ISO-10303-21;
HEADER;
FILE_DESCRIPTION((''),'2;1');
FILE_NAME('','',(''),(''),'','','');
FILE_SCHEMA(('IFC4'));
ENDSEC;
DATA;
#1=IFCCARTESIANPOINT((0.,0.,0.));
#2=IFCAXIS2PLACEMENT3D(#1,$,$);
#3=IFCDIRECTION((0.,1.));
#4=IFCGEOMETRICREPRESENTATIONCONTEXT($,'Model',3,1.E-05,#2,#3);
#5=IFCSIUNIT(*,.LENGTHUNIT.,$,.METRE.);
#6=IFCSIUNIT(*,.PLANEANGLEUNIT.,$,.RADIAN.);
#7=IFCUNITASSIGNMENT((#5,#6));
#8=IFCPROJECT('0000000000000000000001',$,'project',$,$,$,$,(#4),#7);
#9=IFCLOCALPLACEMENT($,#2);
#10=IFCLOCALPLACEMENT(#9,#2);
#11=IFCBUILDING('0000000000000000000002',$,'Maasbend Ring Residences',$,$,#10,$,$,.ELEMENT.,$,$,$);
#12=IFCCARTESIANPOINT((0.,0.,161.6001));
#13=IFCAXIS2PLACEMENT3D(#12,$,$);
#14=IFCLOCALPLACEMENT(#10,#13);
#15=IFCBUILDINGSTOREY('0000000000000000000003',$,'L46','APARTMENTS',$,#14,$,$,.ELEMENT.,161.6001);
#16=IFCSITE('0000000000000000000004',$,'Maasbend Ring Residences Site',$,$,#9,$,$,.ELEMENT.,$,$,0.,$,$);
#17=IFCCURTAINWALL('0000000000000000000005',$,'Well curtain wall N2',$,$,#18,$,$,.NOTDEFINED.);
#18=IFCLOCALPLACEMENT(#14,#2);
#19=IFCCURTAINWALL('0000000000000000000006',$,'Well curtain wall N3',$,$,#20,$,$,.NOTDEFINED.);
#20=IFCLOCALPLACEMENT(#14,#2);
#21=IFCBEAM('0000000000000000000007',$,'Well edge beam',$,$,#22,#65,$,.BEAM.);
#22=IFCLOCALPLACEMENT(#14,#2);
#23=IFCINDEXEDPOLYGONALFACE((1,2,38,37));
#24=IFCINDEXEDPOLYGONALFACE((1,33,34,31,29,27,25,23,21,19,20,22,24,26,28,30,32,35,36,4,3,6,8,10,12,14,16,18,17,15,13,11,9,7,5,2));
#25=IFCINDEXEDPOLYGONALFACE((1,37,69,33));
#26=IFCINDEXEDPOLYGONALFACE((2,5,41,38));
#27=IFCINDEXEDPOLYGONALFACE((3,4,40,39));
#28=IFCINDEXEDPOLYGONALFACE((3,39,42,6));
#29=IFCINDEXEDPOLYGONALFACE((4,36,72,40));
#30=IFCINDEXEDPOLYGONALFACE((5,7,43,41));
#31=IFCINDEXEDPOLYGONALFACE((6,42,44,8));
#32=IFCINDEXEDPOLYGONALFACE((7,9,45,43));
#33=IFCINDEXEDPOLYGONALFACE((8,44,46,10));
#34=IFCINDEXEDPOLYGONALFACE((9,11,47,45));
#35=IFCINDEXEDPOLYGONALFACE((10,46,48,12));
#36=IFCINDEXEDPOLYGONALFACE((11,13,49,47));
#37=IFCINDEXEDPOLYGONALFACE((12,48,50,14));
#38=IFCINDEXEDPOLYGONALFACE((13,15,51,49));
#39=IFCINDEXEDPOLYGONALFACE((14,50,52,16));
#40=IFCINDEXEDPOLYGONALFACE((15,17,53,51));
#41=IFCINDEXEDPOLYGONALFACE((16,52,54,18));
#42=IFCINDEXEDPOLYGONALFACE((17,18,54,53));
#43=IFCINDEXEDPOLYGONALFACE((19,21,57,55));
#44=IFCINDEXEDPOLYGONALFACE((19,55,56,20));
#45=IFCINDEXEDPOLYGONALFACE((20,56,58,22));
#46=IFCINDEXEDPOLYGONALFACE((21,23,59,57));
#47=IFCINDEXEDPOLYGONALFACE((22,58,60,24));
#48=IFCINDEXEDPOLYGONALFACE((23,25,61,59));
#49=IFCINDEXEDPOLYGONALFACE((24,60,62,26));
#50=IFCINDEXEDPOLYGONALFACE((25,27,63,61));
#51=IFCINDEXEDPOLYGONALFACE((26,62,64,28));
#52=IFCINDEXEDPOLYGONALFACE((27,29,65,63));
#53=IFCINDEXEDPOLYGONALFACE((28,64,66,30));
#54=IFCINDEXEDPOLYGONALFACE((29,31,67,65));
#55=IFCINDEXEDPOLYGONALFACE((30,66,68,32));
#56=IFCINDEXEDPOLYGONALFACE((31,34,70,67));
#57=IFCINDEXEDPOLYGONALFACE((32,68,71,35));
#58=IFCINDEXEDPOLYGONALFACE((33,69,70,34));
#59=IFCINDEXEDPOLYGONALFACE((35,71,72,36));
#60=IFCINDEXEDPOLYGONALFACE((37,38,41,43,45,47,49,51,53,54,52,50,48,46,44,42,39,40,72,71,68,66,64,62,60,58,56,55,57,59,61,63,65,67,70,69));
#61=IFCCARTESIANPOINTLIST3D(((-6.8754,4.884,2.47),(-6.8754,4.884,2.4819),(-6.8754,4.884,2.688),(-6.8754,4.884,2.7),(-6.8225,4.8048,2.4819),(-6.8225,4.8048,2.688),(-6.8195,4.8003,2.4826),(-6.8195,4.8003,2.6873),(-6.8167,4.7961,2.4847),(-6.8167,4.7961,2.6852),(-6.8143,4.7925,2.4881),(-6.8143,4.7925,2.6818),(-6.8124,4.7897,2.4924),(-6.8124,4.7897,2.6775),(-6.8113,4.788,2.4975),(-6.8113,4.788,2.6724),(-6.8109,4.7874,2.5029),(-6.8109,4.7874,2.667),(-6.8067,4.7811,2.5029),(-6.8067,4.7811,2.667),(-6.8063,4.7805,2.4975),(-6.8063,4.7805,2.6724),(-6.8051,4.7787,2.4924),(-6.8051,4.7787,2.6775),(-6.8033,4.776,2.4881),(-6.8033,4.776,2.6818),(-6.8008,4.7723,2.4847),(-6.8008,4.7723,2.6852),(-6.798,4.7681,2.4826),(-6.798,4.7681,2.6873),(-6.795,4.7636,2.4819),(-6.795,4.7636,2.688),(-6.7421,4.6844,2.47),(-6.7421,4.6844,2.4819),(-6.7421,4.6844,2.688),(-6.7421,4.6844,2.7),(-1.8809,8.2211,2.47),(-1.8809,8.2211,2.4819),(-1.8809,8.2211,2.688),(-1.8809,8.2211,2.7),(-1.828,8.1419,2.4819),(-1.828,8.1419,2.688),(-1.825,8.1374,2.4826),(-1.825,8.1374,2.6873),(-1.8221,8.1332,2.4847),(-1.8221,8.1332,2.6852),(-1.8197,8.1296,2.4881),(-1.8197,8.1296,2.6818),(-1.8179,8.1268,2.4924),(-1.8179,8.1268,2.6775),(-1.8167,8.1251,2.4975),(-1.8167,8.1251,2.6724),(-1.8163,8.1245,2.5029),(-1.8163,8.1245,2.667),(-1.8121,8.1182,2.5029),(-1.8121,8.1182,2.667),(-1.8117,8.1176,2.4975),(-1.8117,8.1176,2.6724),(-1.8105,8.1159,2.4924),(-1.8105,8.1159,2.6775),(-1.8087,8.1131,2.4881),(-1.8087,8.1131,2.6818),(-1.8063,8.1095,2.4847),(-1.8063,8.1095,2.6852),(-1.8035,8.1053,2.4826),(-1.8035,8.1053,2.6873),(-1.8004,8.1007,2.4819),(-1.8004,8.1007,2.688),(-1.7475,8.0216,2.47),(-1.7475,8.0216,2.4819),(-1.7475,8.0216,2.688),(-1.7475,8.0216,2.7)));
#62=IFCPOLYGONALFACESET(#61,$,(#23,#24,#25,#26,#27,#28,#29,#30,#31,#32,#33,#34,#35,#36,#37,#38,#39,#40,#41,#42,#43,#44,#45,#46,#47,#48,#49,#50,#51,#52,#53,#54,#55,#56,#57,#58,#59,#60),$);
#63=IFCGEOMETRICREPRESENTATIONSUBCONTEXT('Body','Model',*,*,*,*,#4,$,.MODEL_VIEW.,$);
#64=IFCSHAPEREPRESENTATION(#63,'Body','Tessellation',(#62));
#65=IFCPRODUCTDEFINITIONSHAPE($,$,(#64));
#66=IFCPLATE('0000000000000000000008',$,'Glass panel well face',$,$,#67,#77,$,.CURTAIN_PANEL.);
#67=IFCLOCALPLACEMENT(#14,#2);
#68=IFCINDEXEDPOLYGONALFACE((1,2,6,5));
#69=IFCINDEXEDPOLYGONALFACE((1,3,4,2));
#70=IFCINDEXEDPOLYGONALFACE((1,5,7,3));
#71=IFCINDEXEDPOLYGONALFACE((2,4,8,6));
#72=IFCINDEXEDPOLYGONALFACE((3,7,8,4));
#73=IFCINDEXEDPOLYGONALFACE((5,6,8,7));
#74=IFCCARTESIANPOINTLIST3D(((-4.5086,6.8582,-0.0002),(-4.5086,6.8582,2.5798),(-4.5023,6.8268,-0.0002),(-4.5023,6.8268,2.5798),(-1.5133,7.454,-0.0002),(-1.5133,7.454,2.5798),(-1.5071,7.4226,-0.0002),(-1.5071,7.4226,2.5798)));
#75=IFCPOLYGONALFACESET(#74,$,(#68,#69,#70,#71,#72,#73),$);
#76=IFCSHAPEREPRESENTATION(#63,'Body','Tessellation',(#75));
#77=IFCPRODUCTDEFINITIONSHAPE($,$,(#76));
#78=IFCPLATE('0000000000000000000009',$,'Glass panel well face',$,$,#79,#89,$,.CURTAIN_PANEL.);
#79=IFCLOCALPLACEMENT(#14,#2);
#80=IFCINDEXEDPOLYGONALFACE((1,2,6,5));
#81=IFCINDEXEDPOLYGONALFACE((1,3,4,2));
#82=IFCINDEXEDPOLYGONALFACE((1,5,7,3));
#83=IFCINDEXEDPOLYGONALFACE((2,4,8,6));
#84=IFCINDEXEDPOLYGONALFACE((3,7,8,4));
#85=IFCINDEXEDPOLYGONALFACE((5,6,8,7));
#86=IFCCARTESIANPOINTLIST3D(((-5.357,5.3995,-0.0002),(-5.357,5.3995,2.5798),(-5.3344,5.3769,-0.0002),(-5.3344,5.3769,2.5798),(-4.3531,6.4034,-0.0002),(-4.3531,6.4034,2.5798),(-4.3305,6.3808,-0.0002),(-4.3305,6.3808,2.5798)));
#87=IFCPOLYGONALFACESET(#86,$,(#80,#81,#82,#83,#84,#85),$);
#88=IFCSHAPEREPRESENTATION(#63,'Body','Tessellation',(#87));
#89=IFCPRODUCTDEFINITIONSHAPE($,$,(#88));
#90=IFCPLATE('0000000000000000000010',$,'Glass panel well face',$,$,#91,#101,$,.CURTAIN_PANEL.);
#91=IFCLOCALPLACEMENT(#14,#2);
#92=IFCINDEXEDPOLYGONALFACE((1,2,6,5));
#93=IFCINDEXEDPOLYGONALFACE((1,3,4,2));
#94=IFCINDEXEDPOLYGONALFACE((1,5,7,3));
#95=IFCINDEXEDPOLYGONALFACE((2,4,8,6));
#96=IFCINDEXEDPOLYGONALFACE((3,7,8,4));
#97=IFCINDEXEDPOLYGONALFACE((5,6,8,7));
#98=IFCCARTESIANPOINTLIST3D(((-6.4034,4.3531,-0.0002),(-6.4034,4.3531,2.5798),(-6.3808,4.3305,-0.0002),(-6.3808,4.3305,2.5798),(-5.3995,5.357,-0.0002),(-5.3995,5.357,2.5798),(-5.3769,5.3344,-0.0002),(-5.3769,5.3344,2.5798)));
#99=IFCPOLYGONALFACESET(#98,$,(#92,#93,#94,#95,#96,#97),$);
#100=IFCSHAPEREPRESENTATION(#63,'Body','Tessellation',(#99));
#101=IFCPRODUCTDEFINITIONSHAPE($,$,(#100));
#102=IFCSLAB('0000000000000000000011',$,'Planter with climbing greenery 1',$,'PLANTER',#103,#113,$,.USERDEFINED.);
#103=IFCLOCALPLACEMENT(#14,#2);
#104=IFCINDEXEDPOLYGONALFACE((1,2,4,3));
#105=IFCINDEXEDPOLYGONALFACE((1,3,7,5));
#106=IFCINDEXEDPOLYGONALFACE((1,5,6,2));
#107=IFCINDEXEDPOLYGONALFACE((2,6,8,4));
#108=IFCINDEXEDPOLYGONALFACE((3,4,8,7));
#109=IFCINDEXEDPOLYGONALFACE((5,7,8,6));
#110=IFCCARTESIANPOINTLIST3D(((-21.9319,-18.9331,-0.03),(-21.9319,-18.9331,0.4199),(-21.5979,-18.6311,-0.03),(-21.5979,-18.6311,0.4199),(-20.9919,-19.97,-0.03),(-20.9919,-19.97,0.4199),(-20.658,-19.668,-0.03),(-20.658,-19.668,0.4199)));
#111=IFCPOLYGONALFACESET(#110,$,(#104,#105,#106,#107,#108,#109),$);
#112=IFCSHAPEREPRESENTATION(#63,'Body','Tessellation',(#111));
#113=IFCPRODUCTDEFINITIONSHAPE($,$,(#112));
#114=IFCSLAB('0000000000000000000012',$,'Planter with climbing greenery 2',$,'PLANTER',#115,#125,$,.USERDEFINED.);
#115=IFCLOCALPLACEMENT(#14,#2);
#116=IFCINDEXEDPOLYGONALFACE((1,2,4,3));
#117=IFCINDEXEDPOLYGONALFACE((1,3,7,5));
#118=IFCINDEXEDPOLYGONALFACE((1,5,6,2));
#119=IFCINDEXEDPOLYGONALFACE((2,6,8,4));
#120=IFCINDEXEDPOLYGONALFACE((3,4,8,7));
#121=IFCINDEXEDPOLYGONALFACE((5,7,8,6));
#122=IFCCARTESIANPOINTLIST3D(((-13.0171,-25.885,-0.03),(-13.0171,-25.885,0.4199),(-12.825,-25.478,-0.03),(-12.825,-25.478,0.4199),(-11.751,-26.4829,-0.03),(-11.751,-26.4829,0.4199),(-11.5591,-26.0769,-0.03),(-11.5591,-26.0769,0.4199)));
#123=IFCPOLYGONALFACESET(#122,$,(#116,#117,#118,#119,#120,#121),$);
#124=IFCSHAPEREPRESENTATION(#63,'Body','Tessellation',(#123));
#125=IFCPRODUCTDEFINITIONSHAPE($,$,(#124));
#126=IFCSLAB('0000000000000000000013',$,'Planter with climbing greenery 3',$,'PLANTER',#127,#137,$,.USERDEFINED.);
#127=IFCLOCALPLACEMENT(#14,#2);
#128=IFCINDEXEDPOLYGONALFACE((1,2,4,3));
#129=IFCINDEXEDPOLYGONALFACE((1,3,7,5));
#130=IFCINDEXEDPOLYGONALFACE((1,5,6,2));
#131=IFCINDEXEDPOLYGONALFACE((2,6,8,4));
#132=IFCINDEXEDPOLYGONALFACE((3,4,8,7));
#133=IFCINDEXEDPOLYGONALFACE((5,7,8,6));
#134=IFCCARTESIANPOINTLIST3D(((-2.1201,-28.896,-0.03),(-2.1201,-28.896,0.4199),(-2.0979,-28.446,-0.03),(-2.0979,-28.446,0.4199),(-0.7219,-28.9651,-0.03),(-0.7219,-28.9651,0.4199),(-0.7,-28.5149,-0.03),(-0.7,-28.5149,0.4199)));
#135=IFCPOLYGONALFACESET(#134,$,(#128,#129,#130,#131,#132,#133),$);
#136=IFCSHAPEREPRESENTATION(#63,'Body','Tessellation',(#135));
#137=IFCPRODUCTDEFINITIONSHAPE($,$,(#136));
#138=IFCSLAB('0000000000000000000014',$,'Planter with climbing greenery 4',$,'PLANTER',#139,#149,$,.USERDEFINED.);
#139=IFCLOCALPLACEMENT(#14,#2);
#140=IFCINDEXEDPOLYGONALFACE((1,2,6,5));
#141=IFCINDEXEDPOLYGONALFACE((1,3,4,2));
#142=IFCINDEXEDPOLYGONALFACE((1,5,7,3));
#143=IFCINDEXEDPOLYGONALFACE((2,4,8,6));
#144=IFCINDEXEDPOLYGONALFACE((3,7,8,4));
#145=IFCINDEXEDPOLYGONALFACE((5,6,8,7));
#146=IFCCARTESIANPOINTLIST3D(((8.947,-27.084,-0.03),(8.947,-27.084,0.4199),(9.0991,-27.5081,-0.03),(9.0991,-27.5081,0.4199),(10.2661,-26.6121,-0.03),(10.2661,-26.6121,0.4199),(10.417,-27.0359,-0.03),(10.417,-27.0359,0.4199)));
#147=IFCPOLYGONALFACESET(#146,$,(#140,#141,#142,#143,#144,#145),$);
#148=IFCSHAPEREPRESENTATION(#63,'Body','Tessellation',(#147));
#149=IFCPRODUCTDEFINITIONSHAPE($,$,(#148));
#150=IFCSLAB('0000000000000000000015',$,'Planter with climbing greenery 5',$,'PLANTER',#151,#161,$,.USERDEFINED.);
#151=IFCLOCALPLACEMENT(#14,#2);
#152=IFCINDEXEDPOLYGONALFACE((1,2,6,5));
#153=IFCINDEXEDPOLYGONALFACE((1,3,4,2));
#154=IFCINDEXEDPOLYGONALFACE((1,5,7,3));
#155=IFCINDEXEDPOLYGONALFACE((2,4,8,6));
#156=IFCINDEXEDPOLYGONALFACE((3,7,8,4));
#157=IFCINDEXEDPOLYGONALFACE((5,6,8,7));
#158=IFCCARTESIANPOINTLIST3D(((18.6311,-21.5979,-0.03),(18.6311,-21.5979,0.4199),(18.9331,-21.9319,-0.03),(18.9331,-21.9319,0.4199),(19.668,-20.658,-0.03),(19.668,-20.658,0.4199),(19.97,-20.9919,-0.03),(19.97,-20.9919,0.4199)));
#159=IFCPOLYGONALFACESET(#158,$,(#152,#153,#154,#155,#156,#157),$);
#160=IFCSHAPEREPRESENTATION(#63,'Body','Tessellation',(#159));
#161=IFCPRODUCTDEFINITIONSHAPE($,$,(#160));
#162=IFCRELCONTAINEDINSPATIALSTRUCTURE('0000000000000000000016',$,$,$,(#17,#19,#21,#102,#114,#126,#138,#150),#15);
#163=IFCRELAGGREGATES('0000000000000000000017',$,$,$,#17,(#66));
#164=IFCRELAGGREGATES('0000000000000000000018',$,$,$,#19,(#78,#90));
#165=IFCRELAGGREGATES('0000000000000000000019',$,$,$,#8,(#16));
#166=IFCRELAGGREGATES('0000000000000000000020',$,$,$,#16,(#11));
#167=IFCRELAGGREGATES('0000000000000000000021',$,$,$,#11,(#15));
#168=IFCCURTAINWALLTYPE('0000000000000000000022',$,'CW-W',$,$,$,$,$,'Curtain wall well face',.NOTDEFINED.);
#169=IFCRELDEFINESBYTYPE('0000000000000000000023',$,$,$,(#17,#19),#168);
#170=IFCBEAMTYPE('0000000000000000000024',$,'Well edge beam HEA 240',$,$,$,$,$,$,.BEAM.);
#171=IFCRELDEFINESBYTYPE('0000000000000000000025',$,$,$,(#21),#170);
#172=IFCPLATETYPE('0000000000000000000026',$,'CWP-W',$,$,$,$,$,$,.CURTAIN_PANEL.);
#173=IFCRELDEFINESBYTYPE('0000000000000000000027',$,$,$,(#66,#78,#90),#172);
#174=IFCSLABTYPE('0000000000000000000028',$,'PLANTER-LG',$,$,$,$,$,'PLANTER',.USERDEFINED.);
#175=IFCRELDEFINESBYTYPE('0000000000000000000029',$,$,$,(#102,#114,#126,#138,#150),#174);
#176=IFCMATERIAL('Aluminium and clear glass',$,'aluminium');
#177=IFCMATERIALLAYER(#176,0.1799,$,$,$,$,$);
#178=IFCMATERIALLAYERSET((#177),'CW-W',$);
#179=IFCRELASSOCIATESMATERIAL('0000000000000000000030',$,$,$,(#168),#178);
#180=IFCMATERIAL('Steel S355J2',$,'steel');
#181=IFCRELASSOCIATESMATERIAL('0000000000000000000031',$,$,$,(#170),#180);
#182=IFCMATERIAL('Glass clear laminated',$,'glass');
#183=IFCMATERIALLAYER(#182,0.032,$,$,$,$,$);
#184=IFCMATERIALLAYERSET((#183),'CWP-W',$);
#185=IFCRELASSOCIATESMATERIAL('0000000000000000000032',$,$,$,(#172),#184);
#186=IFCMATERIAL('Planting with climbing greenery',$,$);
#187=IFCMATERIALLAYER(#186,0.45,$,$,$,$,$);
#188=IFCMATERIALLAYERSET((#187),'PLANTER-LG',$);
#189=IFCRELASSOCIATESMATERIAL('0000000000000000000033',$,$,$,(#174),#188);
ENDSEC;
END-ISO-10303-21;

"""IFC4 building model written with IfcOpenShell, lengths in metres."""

from ifc_helpers import new_model, si_unit, direction, frame, origin, origin_2d, place, context, subcontext, project, spatial, polyline, rectangle, i_section, outline, extrude, material, layer, layer_set, material_profile, profile_set, type_object, element, aggregate, save


model = new_model("IFC4")

# Units and contexts
model_context = context("Model", 3, precision=1e-05, world=origin(), true_north=direction((0.0, 1.0)))
body_context = subcontext(model_context, "Body", "Model", "MODEL_VIEW")
ifc_project = project(units=[si_unit("LENGTHUNIT", "METRE"), si_unit("PLANEANGLEUNIT", "RADIAN")], contexts=[model_context])

# Site, building, storey
site_placement = place(None, origin())
site = spatial("IfcSite", under=ifc_project, at=site_placement, Name="Maasbend Ring Residences Site", CompositionType="ELEMENT", RefElevation=0.0)
building_placement = place(site_placement, origin())
building = spatial("IfcBuilding", under=site, at=building_placement, Name="Maasbend Ring Residences", CompositionType="ELEMENT")
storey_placement = place(building_placement, frame((0.0, 0.0, 161.6001)))
storey = spatial("IfcBuildingStorey", under=building, at=storey_placement, Name="L46", Description="APARTMENTS", CompositionType="ELEMENT", Elevation=161.6001)

# Curtain walls
ifc_material_1 = material(Name="Aluminium and clear glass", Category="aluminium")
ifc_layer_1 = layer(ifc_material_1, 0.1799)
ifc_layer_set_1 = layer_set([ifc_layer_1], Name="CW-W")
curtain_wall_type = type_object("IfcCurtainWallType", Name="CW-W", ElementType="Curtain wall well face", PredefinedType="NOTDEFINED", material=ifc_layer_set_1)
curtain_wall_1_placement = place(storey_placement, origin())
curtain_wall_1 = element("IfcCurtainWall", 1, at=curtain_wall_1_placement, inside=storey, type_object=curtain_wall_type, Name="Well curtain wall N2", PredefinedType="NOTDEFINED")
curtain_wall_2_placement = place(storey_placement, origin())
curtain_wall_2 = element("IfcCurtainWall", 2, at=curtain_wall_2_placement, inside=storey, type_object=curtain_wall_type, Name="Well curtain wall N3", PredefinedType="NOTDEFINED")

# Beam
ifc_material_2 = material(Name="Steel S355J2", Category="steel")
ifc_material_profile_1 = material_profile(ifc_material_2, i_section(OverallWidth=0.24, OverallDepth=0.23, WebThickness=0.0076, FlangeThickness=0.012, FilletRadius=0.021, at=origin_2d()), Name="HEA 240")
ifc_profile_set_1 = profile_set([ifc_material_profile_1], Name="Steel S355J2")
beam_type = type_object("IfcBeamType", Name="Well edge beam HEA 240", PredefinedType="BEAM", material=ifc_profile_set_1)
beam_placement = place(storey_placement, frame((-1.8142, 8.1213, 2.585), z_axis=(-0.831481, -0.555553, 0.0), x_axis=(0.555553, -0.831481, 0.0)))
element("IfcBeam", 3, at=beam_placement, inside=storey, type_object=beam_type, Name="Well edge beam", PredefinedType="BEAM", context=body_context, shape_type="SweptSolid", body=[
    extrude(i_section(OverallWidth=0.24, OverallDepth=0.23, WebThickness=0.0076, FlangeThickness=0.012, FilletRadius=0.021, at=origin_2d()), origin(), (0.0, 0.0, 1.0), 6.0068),
])

# Plates
ifc_material_3 = material(Name="Glass clear laminated", Category="glass")
ifc_layer_2 = layer(ifc_material_3, 0.032)
ifc_layer_set_2 = layer_set([ifc_layer_2], Name="CWP-W")
plate_type = type_object("IfcPlateType", Name="CWP-W", PredefinedType="CURTAIN_PANEL", material=ifc_layer_set_2)
plate_1_placement = place(storey_placement, frame((-3.0078, 7.1404, -0.0002), z_axis=(0.0, 0.0, 1.0), x_axis=(-0.980785, -0.19509, 0.0)))
plate_1 = element("IfcPlate", 4, at=plate_1_placement, type_object=plate_type, Name="Glass panel well face", PredefinedType="CURTAIN_PANEL", context=body_context, shape_type="SweptSolid", body=[
    extrude(rectangle(XDim=3.054, YDim=0.032, at=origin_2d()), origin(), (0.0, 0.0, 1.0), 2.5801),
])
aggregate(curtain_wall_1, [plate_1])
plate_2_placement = place(storey_placement, frame((-4.8438, 5.8901, -0.0002), z_axis=(0.0, 0.0, 1.0), x_axis=(-0.707107, -0.707107, 0.0)))
plate_2 = element("IfcPlate", 5, at=plate_2_placement, type_object=plate_type, Name="Glass panel well face", PredefinedType="CURTAIN_PANEL", context=body_context, shape_type="SweptSolid", body=[
    extrude(rectangle(XDim=1.4197, YDim=0.032, at=origin_2d()), origin(), (0.0, 0.0, 1.0), 2.5801),
])
plate_3_placement = place(storey_placement, frame((-5.8901, 4.8438, -0.0002), z_axis=(0.0, 0.0, 1.0), x_axis=(-0.707107, -0.707107, 0.0)))
plate_3 = element("IfcPlate", 6, at=plate_3_placement, type_object=plate_type, Name="Glass panel well face", PredefinedType="CURTAIN_PANEL", context=body_context, shape_type="SweptSolid", body=[
    extrude(rectangle(XDim=1.4197, YDim=0.032, at=origin_2d()), origin(), (0.0, 0.0, 1.0), 2.5801),
])
aggregate(curtain_wall_2, [plate_2, plate_3])

# Slabs
ifc_material_4 = material(Name="Planting with climbing greenery")
ifc_layer_3 = layer(ifc_material_4, 0.45)
ifc_layer_set_3 = layer_set([ifc_layer_3], Name="PLANTER-LG")
slab_type_1 = type_object("IfcSlabType", Name="PLANTER-LG", ElementType="PLANTER", PredefinedType="USERDEFINED", material=ifc_layer_set_3)
slab_1_placement = place(storey_placement, frame((0.0, 0.0, -0.03)))
element("IfcSlab", 7, at=slab_1_placement, inside=storey, type_object=slab_type_1, Name="Planter with climbing greenery 1", ObjectType="PLANTER", PredefinedType="USERDEFINED", context=body_context, shape_type="SweptSolid", body=[
    extrude(outline(polyline([(-21.9319, -18.9331), (-20.9919, -19.97), (-20.658, -19.668), (-21.5979, -18.6311), (-21.9319, -18.9331)])), origin(), (0.0, 0.0, 1.0), 0.45),
])
slab_2_placement = place(storey_placement, frame((0.0, 0.0, -0.03)))
element("IfcSlab", 8, at=slab_2_placement, inside=storey, type_object=slab_type_1, Name="Planter with climbing greenery 2", ObjectType="PLANTER", PredefinedType="USERDEFINED", context=body_context, shape_type="SweptSolid", body=[
    extrude(outline(polyline([(-13.0171, -25.885), (-11.751, -26.4829), (-11.5591, -26.0769), (-12.825, -25.478), (-13.0171, -25.885)])), origin(), (0.0, 0.0, 1.0), 0.45),
])
slab_3_placement = place(storey_placement, frame((0.0, 0.0, -0.03)))
element("IfcSlab", 9, at=slab_3_placement, inside=storey, type_object=slab_type_1, Name="Planter with climbing greenery 3", ObjectType="PLANTER", PredefinedType="USERDEFINED", context=body_context, shape_type="SweptSolid", body=[
    extrude(outline(polyline([(-2.1201, -28.896), (-0.7219, -28.9651), (-0.7, -28.5149), (-2.0979, -28.446), (-2.1201, -28.896)])), origin(), (0.0, 0.0, 1.0), 0.45),
])
slab_4_placement = place(storey_placement, frame((0.0, 0.0, -0.03)))
element("IfcSlab", 10, at=slab_4_placement, inside=storey, type_object=slab_type_1, Name="Planter with climbing greenery 4", ObjectType="PLANTER", PredefinedType="USERDEFINED", context=body_context, shape_type="SweptSolid", body=[
    extrude(outline(polyline([(9.0991, -27.5081), (10.417, -27.0359), (10.2661, -26.6121), (8.947, -27.084), (9.0991, -27.5081)])), origin(), (0.0, 0.0, 1.0), 0.45),
])
slab_5_placement = place(storey_placement, frame((0.0, 0.0, -0.03)))
element("IfcSlab", 11, at=slab_5_placement, inside=storey, type_object=slab_type_1, Name="Planter with climbing greenery 5", ObjectType="PLANTER", PredefinedType="USERDEFINED", context=body_context, shape_type="SweptSolid", body=[
    extrude(outline(polyline([(18.9331, -21.9319), (19.97, -20.9919), (19.668, -20.658), (18.6311, -21.5979), (18.9331, -21.9319)])), origin(), (0.0, 0.0, 1.0), 0.45),
])

save(model, "model.ifc")
